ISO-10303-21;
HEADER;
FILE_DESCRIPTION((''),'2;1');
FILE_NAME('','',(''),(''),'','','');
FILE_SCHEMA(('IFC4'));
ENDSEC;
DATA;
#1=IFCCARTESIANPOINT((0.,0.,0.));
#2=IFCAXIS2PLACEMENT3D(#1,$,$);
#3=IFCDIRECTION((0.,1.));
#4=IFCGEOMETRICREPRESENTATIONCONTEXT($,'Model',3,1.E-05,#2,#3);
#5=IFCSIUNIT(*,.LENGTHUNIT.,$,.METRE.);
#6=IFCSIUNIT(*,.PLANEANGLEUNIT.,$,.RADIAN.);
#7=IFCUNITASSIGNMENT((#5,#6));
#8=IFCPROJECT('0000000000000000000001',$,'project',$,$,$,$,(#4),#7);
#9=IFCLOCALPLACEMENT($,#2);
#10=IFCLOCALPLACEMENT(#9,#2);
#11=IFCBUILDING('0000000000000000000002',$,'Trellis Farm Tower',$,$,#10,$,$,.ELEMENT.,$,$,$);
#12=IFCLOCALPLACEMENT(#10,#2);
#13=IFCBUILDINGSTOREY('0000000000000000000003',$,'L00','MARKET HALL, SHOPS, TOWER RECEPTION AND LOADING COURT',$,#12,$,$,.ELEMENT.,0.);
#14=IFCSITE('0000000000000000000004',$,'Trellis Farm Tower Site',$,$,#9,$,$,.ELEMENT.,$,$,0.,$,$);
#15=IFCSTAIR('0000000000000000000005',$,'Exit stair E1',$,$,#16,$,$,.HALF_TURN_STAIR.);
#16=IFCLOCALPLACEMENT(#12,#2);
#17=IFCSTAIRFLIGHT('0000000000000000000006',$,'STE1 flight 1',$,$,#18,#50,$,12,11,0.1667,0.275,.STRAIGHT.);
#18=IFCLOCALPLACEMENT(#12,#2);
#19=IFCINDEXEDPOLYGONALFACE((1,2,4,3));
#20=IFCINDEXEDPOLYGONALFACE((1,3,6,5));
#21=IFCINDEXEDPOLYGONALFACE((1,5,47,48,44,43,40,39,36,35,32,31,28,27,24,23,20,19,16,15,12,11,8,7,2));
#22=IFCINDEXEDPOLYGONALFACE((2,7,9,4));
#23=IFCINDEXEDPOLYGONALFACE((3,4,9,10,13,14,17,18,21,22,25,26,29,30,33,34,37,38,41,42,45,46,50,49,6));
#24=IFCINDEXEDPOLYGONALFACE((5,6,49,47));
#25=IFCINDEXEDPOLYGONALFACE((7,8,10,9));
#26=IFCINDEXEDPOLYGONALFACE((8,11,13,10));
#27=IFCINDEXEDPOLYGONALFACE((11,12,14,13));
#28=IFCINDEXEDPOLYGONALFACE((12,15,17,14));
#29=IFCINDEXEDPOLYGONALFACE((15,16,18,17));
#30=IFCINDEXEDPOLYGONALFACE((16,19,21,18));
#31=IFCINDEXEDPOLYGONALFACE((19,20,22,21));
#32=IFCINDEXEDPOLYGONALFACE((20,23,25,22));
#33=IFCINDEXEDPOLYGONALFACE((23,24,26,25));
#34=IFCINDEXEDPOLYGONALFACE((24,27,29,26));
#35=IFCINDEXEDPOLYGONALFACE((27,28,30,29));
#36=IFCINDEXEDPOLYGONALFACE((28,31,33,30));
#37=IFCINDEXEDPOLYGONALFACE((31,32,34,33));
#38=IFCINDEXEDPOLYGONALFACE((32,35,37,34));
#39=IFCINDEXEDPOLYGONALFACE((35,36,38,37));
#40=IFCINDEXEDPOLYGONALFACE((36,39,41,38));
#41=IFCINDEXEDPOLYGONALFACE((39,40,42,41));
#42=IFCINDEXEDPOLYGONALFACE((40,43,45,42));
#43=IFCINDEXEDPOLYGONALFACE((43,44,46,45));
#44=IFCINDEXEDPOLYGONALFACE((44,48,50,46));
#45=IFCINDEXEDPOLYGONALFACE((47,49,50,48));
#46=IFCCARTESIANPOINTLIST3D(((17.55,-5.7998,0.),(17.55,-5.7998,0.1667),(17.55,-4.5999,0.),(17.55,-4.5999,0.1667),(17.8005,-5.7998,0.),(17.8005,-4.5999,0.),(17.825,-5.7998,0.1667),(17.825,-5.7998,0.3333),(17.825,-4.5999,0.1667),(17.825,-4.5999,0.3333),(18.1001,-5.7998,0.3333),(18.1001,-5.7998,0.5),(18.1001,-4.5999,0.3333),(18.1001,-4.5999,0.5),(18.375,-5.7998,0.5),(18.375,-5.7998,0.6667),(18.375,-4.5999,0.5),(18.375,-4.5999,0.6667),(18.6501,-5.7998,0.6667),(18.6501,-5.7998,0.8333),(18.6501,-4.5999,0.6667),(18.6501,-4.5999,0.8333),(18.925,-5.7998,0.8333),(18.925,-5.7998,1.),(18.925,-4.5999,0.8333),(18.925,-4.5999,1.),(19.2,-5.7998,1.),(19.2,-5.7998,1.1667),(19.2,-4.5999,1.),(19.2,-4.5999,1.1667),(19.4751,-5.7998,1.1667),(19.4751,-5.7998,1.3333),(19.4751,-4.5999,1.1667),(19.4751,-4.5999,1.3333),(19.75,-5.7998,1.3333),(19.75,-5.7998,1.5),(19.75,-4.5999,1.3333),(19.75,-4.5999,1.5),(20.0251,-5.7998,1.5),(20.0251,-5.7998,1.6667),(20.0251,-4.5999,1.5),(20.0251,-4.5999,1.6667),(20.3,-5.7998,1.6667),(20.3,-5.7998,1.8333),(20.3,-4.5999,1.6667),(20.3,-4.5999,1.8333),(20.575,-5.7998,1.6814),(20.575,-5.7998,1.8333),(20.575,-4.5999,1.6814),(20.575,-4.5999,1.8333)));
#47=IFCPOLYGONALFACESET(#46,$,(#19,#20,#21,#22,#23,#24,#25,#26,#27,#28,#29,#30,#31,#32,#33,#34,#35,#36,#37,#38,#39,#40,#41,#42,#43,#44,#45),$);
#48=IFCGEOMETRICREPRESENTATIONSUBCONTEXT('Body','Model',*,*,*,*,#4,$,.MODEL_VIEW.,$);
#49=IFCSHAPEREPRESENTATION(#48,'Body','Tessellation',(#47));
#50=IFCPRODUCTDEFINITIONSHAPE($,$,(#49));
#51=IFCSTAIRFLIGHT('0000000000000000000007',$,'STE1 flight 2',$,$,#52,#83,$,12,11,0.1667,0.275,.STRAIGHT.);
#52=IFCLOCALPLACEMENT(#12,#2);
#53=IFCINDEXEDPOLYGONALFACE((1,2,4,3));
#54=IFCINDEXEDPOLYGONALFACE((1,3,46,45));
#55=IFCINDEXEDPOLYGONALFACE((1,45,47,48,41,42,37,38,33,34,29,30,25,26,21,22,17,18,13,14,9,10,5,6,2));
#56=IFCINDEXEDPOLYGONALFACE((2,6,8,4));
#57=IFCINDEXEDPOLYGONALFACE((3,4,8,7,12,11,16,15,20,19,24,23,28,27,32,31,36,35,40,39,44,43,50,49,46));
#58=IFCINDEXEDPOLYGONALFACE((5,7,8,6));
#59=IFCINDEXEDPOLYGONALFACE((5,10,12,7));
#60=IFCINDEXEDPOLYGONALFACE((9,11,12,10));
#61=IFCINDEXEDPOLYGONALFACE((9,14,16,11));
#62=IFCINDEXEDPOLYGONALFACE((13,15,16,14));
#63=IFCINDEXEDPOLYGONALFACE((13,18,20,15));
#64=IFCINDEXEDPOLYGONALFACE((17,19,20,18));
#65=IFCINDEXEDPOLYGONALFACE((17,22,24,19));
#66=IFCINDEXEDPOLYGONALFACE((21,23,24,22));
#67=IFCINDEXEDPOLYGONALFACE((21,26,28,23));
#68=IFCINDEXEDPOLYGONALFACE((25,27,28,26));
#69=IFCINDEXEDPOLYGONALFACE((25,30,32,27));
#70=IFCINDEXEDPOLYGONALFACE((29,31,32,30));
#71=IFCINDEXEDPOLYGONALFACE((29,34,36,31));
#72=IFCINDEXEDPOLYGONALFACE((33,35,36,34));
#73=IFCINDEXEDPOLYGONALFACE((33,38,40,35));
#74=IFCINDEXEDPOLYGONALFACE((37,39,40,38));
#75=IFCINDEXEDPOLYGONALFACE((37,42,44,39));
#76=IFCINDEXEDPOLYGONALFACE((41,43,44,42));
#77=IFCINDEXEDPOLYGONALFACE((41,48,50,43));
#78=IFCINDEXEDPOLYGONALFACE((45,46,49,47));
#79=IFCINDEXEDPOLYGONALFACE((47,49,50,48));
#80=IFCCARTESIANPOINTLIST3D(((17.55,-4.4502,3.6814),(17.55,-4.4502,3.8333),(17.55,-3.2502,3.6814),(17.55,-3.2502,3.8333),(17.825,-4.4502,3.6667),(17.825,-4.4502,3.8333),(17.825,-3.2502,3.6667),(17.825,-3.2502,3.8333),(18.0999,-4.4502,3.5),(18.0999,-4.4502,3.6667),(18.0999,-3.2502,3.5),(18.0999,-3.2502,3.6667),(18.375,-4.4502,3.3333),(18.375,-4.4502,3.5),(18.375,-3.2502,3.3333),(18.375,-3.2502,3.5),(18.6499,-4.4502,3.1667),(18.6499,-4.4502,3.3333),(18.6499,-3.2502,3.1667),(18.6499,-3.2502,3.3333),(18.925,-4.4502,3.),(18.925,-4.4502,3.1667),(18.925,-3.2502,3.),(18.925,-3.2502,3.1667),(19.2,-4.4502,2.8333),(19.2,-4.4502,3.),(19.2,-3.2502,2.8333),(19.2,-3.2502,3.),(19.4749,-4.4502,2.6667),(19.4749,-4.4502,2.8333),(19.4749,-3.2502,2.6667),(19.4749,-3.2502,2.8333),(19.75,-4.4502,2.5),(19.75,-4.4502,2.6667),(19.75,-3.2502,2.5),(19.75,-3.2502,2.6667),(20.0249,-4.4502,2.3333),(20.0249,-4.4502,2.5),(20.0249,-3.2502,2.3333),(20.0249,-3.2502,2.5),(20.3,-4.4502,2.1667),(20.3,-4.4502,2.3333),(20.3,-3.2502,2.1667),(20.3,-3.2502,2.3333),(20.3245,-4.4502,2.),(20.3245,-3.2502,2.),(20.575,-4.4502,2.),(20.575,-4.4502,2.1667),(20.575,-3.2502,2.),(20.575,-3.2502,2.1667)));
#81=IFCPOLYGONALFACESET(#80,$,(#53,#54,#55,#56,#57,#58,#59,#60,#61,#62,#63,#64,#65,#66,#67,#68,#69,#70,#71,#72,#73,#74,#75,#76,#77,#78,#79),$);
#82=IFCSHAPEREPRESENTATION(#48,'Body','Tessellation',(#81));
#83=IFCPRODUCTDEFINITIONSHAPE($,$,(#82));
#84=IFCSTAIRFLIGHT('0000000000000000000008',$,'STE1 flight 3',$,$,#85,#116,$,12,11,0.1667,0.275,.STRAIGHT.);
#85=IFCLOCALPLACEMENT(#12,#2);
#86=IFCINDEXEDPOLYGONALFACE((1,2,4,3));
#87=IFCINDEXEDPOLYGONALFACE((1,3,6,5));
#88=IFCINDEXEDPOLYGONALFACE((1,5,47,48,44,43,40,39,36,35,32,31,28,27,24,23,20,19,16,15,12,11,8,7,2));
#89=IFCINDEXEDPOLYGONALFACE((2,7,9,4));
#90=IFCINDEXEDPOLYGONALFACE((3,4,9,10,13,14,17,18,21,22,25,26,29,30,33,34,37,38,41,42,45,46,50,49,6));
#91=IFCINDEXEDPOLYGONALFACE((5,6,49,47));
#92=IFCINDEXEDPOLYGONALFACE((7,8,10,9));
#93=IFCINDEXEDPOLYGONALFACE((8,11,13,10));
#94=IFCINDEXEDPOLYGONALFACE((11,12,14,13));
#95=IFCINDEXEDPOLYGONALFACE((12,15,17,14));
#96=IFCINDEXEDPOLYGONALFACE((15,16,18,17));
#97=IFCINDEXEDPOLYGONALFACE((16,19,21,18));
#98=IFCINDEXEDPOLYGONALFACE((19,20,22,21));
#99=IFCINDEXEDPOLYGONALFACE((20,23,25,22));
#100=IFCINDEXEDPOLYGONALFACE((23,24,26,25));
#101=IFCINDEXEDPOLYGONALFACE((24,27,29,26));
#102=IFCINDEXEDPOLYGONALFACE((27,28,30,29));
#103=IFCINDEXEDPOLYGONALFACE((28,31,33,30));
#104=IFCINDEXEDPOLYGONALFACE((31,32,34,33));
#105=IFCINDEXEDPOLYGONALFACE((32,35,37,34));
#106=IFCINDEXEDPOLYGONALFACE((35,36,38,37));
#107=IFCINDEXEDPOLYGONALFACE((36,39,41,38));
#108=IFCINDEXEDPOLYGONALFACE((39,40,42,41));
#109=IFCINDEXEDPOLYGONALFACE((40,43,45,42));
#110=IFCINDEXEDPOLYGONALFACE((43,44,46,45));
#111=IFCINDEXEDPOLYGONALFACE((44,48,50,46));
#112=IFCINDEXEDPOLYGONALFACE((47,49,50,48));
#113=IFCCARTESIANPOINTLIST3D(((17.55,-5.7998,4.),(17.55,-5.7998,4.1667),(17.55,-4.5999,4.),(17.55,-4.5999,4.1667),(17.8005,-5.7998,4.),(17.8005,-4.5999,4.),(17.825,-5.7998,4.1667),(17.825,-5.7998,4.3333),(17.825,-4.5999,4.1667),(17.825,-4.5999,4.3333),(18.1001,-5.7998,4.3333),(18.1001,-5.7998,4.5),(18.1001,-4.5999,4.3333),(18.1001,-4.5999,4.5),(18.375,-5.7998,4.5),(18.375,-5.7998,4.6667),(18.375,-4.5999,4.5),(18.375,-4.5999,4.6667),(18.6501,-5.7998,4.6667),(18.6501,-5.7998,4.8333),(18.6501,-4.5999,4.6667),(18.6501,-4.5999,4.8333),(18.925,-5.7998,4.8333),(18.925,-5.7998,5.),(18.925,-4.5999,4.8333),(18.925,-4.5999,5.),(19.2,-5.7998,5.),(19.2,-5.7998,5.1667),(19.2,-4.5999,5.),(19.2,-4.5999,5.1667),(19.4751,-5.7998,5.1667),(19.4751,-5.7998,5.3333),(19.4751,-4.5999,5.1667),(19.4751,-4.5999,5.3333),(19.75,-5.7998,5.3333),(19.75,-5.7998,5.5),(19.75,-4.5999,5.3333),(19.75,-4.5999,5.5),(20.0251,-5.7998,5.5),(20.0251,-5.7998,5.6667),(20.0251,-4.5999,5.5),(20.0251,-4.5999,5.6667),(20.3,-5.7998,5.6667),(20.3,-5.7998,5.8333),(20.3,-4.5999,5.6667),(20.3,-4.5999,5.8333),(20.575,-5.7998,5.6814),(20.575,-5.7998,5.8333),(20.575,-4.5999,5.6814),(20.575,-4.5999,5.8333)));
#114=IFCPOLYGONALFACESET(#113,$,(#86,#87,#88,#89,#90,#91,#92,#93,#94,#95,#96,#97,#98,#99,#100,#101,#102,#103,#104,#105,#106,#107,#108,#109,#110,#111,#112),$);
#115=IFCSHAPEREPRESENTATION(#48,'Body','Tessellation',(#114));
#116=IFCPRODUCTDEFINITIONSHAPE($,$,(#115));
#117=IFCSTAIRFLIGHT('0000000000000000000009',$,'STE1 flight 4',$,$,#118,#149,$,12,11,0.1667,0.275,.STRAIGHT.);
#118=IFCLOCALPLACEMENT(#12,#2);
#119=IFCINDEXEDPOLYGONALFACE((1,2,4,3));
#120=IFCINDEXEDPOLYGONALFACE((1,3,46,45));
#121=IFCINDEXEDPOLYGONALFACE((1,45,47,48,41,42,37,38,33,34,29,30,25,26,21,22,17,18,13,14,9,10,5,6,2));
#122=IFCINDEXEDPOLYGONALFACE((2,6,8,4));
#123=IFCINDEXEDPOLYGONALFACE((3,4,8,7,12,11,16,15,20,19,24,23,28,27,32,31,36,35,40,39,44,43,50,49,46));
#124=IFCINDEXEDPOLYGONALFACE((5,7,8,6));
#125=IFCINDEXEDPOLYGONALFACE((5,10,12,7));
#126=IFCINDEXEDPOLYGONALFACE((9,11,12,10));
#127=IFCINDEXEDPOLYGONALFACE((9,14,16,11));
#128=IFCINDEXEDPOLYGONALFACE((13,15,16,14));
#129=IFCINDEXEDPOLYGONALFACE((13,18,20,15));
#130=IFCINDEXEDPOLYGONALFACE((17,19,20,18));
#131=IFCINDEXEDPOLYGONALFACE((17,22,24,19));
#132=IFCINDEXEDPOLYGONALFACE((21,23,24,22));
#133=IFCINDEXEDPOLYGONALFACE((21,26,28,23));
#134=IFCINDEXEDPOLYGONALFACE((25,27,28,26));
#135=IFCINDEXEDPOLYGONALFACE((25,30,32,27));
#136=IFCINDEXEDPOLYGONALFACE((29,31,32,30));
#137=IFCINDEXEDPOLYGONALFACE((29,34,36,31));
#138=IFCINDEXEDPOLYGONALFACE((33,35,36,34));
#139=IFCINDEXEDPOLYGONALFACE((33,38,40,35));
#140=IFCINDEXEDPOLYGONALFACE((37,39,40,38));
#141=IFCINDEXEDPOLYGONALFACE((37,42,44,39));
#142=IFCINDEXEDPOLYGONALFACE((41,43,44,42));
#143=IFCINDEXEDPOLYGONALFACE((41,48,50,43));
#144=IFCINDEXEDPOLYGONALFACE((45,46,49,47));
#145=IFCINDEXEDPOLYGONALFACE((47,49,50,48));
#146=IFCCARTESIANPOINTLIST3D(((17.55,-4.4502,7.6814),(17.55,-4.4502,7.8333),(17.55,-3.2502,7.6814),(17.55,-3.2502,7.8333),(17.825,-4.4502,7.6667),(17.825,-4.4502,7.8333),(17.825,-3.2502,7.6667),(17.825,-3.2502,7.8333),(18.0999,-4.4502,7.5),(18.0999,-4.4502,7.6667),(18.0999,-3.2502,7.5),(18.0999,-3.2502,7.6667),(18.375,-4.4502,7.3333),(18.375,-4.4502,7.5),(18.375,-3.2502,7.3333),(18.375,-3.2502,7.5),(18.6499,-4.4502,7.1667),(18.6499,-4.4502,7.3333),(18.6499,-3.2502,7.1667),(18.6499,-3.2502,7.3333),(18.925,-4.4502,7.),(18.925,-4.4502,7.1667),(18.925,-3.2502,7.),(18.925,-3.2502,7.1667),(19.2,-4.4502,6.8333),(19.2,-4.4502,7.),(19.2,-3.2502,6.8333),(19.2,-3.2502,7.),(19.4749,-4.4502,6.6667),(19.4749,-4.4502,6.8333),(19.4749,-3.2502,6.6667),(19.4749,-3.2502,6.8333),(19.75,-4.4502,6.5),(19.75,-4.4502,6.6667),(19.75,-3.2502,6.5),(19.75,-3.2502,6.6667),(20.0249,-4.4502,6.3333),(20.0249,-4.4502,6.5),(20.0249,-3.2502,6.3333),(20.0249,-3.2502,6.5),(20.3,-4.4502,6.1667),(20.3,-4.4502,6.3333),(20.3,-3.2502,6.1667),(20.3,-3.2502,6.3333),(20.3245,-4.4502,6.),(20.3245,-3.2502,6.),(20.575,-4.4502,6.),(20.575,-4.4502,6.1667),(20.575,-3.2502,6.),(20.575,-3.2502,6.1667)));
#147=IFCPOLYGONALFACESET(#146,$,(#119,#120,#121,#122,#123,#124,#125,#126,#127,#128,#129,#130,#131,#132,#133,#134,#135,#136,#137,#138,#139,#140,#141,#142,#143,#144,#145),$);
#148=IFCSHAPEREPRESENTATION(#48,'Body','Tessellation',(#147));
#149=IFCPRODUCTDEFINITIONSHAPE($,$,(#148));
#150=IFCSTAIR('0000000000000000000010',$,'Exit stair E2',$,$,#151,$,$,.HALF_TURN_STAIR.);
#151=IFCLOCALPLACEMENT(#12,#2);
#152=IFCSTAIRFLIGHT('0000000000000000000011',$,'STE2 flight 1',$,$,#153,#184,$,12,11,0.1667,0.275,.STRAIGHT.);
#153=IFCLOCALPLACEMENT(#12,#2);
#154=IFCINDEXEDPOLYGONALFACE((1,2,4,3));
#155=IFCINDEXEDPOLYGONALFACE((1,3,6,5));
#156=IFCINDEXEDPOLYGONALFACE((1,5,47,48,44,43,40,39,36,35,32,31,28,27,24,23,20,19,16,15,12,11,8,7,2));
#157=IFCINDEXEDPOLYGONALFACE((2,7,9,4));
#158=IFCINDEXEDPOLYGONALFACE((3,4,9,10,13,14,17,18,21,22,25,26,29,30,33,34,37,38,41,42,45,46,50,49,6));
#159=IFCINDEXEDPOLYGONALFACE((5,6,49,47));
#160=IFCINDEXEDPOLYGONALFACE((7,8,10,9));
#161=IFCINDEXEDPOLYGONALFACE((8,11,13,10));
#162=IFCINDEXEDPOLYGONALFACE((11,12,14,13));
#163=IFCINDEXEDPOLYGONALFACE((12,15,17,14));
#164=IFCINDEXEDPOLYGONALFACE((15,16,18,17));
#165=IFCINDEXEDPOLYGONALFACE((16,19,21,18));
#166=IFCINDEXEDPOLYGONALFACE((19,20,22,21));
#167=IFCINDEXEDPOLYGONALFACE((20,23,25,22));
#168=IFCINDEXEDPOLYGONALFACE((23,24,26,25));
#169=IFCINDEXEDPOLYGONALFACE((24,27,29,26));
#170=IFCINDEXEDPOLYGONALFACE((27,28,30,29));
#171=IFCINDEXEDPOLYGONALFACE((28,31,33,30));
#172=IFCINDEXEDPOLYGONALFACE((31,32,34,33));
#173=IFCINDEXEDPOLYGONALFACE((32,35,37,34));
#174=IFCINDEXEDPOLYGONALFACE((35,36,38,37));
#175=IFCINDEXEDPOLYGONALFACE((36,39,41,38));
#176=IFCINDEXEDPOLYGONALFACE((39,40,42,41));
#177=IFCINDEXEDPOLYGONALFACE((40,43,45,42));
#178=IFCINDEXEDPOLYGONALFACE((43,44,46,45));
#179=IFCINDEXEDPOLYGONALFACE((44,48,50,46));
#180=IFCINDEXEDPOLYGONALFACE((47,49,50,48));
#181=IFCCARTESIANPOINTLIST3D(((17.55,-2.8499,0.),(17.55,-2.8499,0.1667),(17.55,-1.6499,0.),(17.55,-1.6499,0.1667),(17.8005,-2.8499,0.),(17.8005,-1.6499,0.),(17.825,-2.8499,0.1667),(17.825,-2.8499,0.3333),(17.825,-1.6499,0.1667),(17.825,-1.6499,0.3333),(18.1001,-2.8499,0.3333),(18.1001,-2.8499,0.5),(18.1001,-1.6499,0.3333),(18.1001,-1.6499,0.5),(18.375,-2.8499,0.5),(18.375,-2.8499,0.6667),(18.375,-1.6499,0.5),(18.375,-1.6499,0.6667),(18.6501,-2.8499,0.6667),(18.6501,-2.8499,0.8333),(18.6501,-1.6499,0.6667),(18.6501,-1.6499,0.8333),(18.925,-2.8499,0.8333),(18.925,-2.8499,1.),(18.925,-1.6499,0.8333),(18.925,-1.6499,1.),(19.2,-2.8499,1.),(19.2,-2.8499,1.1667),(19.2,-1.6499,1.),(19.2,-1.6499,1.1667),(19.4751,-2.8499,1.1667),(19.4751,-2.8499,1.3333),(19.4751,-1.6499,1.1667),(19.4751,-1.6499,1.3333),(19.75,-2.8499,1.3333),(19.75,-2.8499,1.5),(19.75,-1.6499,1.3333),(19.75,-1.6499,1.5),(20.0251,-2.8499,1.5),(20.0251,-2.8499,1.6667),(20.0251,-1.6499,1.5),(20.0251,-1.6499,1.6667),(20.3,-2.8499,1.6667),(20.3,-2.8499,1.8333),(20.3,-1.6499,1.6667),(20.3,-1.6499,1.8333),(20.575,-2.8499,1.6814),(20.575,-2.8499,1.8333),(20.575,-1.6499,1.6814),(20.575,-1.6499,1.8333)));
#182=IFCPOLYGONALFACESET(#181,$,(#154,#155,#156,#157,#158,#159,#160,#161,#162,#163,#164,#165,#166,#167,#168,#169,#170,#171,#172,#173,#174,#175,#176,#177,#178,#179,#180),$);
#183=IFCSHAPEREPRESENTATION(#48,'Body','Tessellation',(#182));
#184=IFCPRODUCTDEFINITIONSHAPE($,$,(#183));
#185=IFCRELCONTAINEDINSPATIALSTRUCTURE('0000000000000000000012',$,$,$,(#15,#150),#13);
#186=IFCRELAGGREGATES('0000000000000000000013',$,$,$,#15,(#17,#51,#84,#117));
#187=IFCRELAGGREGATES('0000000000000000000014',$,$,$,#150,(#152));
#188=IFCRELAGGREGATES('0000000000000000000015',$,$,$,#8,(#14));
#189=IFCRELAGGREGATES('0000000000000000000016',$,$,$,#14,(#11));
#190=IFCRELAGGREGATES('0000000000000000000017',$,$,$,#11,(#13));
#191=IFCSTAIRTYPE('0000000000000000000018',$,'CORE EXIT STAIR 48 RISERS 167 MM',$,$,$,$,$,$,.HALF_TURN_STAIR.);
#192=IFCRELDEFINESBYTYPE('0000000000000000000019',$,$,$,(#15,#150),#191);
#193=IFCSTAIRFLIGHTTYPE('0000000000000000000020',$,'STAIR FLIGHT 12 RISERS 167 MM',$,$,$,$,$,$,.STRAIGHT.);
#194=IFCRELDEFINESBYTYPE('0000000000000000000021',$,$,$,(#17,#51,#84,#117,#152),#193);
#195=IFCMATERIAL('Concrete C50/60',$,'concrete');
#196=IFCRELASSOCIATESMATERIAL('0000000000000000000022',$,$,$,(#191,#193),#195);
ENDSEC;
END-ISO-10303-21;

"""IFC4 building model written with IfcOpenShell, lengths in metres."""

from ifc_helpers import new_model, si_unit, direction, frame, origin, place, context, subcontext, project, spatial, polyline, outline, extrude, source, transform, mapped, material, type_object, element, aggregate, save


model = new_model("IFC4")

# Units and contexts
model_context = context("Model", 3, precision=1e-05, world=origin(), true_north=direction((0.0, 1.0)))
body_context = subcontext(model_context, "Body", "Model", "MODEL_VIEW")
ifc_project = project(units=[si_unit("LENGTHUNIT", "METRE"), si_unit("PLANEANGLEUNIT", "RADIAN")], contexts=[model_context])

# Site, building, storey
site_placement = place(None, origin())
site = spatial("IfcSite", under=ifc_project, at=site_placement, Name="Trellis Farm Tower Site", CompositionType="ELEMENT", RefElevation=0.0)
building_placement = place(site_placement, origin())
building = spatial("IfcBuilding", under=site, at=building_placement, Name="Trellis Farm Tower", CompositionType="ELEMENT")
storey_placement = place(building_placement, origin())
storey = spatial("IfcBuildingStorey", under=building, at=storey_placement, Name="L00", Description="MARKET HALL, SHOPS, TOWER RECEPTION AND LOADING COURT", CompositionType="ELEMENT", Elevation=0.0)

# Stairs, stair flights
ifc_material_1 = material(Name="Concrete C50/60", Category="concrete")
stair_type = type_object("IfcStairType", Name="CORE EXIT STAIR 48 RISERS 167 MM", PredefinedType="HALF_TURN_STAIR", material=ifc_material_1)
placement = place(storey_placement, origin())
stair_1 = element("IfcStair", 1, at=placement, inside=storey, type_object=stair_type, Name="Exit stair E1", PredefinedType="HALF_TURN_STAIR")
stair_flight_type = type_object("IfcStairFlightType", Name="STAIR FLIGHT 12 RISERS 167 MM", PredefinedType="STRAIGHT", material=ifc_material_1)
shared_shape_1 = source(origin(), body_context, "Body", "SweptSolid", [
    extrude(outline(polyline([(0.0, 0.0), (0.0, 0.1667), (0.2749, 0.1667), (0.2749, 0.3333), (0.55, 0.3333), (0.55, 0.5), (0.825, 0.5), (0.825, 0.6667), (1.1001, 0.6667), (1.1001, 0.8333), (1.375, 0.8333), (1.375, 1.0), (1.6499, 1.0), (1.6499, 1.1667), (1.925, 1.1667), (1.925, 1.3333), (2.2, 1.3333), (2.2, 1.5), (2.4751, 1.5), (2.4751, 1.6667), (2.75, 1.6667), (2.75, 1.8333), (3.0249, 1.8333), (3.0249, 2.0), (3.0249, 1.6814), (0.2505, 0.0), (0.0, 0.0)])), frame((0.0, 0.6001, 0.0), z_axis=(0.0, -1.0, 0.0), x_axis=(1.0, 0.0, 0.0)), (0.0, 0.0, 1.0), 1.2),
])
stair_flight_1_placement = place(storey_placement, frame((17.55, -5.2, 0.0), z_axis=(0.0, 0.0, 1.0), x_axis=(1.0, 0.0, 0.0)))
stair_flight_1 = element("IfcStairFlight", 2, at=stair_flight_1_placement, type_object=stair_flight_type, Name="STE1 flight 1", NumberOfRisers=12, NumberOfTreads=11, PredefinedType="STRAIGHT", RiserHeight=0.1667, TreadLength=0.275, context=body_context, shape_type="MappedRepresentation", body=[
    mapped(shared_shape_1, transform((0.0, 0.0, 0.0))),
])
stair_flight_2_placement = place(storey_placement, frame((20.575, -3.8501, 2.0), z_axis=(0.0, 0.0, 1.0), x_axis=(-1.0, 0.0, 0.0)))
stair_flight_2 = element("IfcStairFlight", 3, at=stair_flight_2_placement, type_object=stair_flight_type, Name="STE1 flight 2", NumberOfRisers=12, NumberOfTreads=11, PredefinedType="STRAIGHT", RiserHeight=0.1667, TreadLength=0.275, context=body_context, shape_type="MappedRepresentation", body=[
    mapped(shared_shape_1, transform((0.0, 0.0, 0.0))),
])
stair_flight_3_placement = place(storey_placement, frame((17.55, -5.2, 4.0), z_axis=(0.0, 0.0, 1.0), x_axis=(1.0, 0.0, 0.0)))
stair_flight_3 = element("IfcStairFlight", 4, at=stair_flight_3_placement, type_object=stair_flight_type, Name="STE1 flight 3", NumberOfRisers=12, NumberOfTreads=11, PredefinedType="STRAIGHT", RiserHeight=0.1667, TreadLength=0.275, context=body_context, shape_type="MappedRepresentation", body=[
    mapped(shared_shape_1, transform((0.0, 0.0, 0.0))),
])
stair_flight_4_placement = place(storey_placement, frame((20.575, -3.8501, 6.0), z_axis=(0.0, 0.0, 1.0), x_axis=(-1.0, 0.0, 0.0)))
stair_flight_4 = element("IfcStairFlight", 5, at=stair_flight_4_placement, type_object=stair_flight_type, Name="STE1 flight 4", NumberOfRisers=12, NumberOfTreads=11, PredefinedType="STRAIGHT", RiserHeight=0.1667, TreadLength=0.275, context=body_context, shape_type="MappedRepresentation", body=[
    mapped(shared_shape_1, transform((0.0, 0.0, 0.0))),
])
aggregate(stair_1, [stair_flight_1, stair_flight_2, stair_flight_3, stair_flight_4])
stair_2 = element("IfcStair", 6, at=placement, inside=storey, type_object=stair_type, Name="Exit stair E2", PredefinedType="HALF_TURN_STAIR")
stair_flight_5_placement = place(storey_placement, frame((17.55, -2.25, 0.0), z_axis=(0.0, 0.0, 1.0), x_axis=(1.0, 0.0, 0.0)))
stair_flight_5 = element("IfcStairFlight", 7, at=stair_flight_5_placement, type_object=stair_flight_type, Name="STE2 flight 1", NumberOfRisers=12, NumberOfTreads=11, PredefinedType="STRAIGHT", RiserHeight=0.1667, TreadLength=0.275, context=body_context, shape_type="MappedRepresentation", body=[
    mapped(shared_shape_1, transform((0.0, 0.0, 0.0))),
])
aggregate(stair_2, [stair_flight_5])

save(model, "model.ifc")
